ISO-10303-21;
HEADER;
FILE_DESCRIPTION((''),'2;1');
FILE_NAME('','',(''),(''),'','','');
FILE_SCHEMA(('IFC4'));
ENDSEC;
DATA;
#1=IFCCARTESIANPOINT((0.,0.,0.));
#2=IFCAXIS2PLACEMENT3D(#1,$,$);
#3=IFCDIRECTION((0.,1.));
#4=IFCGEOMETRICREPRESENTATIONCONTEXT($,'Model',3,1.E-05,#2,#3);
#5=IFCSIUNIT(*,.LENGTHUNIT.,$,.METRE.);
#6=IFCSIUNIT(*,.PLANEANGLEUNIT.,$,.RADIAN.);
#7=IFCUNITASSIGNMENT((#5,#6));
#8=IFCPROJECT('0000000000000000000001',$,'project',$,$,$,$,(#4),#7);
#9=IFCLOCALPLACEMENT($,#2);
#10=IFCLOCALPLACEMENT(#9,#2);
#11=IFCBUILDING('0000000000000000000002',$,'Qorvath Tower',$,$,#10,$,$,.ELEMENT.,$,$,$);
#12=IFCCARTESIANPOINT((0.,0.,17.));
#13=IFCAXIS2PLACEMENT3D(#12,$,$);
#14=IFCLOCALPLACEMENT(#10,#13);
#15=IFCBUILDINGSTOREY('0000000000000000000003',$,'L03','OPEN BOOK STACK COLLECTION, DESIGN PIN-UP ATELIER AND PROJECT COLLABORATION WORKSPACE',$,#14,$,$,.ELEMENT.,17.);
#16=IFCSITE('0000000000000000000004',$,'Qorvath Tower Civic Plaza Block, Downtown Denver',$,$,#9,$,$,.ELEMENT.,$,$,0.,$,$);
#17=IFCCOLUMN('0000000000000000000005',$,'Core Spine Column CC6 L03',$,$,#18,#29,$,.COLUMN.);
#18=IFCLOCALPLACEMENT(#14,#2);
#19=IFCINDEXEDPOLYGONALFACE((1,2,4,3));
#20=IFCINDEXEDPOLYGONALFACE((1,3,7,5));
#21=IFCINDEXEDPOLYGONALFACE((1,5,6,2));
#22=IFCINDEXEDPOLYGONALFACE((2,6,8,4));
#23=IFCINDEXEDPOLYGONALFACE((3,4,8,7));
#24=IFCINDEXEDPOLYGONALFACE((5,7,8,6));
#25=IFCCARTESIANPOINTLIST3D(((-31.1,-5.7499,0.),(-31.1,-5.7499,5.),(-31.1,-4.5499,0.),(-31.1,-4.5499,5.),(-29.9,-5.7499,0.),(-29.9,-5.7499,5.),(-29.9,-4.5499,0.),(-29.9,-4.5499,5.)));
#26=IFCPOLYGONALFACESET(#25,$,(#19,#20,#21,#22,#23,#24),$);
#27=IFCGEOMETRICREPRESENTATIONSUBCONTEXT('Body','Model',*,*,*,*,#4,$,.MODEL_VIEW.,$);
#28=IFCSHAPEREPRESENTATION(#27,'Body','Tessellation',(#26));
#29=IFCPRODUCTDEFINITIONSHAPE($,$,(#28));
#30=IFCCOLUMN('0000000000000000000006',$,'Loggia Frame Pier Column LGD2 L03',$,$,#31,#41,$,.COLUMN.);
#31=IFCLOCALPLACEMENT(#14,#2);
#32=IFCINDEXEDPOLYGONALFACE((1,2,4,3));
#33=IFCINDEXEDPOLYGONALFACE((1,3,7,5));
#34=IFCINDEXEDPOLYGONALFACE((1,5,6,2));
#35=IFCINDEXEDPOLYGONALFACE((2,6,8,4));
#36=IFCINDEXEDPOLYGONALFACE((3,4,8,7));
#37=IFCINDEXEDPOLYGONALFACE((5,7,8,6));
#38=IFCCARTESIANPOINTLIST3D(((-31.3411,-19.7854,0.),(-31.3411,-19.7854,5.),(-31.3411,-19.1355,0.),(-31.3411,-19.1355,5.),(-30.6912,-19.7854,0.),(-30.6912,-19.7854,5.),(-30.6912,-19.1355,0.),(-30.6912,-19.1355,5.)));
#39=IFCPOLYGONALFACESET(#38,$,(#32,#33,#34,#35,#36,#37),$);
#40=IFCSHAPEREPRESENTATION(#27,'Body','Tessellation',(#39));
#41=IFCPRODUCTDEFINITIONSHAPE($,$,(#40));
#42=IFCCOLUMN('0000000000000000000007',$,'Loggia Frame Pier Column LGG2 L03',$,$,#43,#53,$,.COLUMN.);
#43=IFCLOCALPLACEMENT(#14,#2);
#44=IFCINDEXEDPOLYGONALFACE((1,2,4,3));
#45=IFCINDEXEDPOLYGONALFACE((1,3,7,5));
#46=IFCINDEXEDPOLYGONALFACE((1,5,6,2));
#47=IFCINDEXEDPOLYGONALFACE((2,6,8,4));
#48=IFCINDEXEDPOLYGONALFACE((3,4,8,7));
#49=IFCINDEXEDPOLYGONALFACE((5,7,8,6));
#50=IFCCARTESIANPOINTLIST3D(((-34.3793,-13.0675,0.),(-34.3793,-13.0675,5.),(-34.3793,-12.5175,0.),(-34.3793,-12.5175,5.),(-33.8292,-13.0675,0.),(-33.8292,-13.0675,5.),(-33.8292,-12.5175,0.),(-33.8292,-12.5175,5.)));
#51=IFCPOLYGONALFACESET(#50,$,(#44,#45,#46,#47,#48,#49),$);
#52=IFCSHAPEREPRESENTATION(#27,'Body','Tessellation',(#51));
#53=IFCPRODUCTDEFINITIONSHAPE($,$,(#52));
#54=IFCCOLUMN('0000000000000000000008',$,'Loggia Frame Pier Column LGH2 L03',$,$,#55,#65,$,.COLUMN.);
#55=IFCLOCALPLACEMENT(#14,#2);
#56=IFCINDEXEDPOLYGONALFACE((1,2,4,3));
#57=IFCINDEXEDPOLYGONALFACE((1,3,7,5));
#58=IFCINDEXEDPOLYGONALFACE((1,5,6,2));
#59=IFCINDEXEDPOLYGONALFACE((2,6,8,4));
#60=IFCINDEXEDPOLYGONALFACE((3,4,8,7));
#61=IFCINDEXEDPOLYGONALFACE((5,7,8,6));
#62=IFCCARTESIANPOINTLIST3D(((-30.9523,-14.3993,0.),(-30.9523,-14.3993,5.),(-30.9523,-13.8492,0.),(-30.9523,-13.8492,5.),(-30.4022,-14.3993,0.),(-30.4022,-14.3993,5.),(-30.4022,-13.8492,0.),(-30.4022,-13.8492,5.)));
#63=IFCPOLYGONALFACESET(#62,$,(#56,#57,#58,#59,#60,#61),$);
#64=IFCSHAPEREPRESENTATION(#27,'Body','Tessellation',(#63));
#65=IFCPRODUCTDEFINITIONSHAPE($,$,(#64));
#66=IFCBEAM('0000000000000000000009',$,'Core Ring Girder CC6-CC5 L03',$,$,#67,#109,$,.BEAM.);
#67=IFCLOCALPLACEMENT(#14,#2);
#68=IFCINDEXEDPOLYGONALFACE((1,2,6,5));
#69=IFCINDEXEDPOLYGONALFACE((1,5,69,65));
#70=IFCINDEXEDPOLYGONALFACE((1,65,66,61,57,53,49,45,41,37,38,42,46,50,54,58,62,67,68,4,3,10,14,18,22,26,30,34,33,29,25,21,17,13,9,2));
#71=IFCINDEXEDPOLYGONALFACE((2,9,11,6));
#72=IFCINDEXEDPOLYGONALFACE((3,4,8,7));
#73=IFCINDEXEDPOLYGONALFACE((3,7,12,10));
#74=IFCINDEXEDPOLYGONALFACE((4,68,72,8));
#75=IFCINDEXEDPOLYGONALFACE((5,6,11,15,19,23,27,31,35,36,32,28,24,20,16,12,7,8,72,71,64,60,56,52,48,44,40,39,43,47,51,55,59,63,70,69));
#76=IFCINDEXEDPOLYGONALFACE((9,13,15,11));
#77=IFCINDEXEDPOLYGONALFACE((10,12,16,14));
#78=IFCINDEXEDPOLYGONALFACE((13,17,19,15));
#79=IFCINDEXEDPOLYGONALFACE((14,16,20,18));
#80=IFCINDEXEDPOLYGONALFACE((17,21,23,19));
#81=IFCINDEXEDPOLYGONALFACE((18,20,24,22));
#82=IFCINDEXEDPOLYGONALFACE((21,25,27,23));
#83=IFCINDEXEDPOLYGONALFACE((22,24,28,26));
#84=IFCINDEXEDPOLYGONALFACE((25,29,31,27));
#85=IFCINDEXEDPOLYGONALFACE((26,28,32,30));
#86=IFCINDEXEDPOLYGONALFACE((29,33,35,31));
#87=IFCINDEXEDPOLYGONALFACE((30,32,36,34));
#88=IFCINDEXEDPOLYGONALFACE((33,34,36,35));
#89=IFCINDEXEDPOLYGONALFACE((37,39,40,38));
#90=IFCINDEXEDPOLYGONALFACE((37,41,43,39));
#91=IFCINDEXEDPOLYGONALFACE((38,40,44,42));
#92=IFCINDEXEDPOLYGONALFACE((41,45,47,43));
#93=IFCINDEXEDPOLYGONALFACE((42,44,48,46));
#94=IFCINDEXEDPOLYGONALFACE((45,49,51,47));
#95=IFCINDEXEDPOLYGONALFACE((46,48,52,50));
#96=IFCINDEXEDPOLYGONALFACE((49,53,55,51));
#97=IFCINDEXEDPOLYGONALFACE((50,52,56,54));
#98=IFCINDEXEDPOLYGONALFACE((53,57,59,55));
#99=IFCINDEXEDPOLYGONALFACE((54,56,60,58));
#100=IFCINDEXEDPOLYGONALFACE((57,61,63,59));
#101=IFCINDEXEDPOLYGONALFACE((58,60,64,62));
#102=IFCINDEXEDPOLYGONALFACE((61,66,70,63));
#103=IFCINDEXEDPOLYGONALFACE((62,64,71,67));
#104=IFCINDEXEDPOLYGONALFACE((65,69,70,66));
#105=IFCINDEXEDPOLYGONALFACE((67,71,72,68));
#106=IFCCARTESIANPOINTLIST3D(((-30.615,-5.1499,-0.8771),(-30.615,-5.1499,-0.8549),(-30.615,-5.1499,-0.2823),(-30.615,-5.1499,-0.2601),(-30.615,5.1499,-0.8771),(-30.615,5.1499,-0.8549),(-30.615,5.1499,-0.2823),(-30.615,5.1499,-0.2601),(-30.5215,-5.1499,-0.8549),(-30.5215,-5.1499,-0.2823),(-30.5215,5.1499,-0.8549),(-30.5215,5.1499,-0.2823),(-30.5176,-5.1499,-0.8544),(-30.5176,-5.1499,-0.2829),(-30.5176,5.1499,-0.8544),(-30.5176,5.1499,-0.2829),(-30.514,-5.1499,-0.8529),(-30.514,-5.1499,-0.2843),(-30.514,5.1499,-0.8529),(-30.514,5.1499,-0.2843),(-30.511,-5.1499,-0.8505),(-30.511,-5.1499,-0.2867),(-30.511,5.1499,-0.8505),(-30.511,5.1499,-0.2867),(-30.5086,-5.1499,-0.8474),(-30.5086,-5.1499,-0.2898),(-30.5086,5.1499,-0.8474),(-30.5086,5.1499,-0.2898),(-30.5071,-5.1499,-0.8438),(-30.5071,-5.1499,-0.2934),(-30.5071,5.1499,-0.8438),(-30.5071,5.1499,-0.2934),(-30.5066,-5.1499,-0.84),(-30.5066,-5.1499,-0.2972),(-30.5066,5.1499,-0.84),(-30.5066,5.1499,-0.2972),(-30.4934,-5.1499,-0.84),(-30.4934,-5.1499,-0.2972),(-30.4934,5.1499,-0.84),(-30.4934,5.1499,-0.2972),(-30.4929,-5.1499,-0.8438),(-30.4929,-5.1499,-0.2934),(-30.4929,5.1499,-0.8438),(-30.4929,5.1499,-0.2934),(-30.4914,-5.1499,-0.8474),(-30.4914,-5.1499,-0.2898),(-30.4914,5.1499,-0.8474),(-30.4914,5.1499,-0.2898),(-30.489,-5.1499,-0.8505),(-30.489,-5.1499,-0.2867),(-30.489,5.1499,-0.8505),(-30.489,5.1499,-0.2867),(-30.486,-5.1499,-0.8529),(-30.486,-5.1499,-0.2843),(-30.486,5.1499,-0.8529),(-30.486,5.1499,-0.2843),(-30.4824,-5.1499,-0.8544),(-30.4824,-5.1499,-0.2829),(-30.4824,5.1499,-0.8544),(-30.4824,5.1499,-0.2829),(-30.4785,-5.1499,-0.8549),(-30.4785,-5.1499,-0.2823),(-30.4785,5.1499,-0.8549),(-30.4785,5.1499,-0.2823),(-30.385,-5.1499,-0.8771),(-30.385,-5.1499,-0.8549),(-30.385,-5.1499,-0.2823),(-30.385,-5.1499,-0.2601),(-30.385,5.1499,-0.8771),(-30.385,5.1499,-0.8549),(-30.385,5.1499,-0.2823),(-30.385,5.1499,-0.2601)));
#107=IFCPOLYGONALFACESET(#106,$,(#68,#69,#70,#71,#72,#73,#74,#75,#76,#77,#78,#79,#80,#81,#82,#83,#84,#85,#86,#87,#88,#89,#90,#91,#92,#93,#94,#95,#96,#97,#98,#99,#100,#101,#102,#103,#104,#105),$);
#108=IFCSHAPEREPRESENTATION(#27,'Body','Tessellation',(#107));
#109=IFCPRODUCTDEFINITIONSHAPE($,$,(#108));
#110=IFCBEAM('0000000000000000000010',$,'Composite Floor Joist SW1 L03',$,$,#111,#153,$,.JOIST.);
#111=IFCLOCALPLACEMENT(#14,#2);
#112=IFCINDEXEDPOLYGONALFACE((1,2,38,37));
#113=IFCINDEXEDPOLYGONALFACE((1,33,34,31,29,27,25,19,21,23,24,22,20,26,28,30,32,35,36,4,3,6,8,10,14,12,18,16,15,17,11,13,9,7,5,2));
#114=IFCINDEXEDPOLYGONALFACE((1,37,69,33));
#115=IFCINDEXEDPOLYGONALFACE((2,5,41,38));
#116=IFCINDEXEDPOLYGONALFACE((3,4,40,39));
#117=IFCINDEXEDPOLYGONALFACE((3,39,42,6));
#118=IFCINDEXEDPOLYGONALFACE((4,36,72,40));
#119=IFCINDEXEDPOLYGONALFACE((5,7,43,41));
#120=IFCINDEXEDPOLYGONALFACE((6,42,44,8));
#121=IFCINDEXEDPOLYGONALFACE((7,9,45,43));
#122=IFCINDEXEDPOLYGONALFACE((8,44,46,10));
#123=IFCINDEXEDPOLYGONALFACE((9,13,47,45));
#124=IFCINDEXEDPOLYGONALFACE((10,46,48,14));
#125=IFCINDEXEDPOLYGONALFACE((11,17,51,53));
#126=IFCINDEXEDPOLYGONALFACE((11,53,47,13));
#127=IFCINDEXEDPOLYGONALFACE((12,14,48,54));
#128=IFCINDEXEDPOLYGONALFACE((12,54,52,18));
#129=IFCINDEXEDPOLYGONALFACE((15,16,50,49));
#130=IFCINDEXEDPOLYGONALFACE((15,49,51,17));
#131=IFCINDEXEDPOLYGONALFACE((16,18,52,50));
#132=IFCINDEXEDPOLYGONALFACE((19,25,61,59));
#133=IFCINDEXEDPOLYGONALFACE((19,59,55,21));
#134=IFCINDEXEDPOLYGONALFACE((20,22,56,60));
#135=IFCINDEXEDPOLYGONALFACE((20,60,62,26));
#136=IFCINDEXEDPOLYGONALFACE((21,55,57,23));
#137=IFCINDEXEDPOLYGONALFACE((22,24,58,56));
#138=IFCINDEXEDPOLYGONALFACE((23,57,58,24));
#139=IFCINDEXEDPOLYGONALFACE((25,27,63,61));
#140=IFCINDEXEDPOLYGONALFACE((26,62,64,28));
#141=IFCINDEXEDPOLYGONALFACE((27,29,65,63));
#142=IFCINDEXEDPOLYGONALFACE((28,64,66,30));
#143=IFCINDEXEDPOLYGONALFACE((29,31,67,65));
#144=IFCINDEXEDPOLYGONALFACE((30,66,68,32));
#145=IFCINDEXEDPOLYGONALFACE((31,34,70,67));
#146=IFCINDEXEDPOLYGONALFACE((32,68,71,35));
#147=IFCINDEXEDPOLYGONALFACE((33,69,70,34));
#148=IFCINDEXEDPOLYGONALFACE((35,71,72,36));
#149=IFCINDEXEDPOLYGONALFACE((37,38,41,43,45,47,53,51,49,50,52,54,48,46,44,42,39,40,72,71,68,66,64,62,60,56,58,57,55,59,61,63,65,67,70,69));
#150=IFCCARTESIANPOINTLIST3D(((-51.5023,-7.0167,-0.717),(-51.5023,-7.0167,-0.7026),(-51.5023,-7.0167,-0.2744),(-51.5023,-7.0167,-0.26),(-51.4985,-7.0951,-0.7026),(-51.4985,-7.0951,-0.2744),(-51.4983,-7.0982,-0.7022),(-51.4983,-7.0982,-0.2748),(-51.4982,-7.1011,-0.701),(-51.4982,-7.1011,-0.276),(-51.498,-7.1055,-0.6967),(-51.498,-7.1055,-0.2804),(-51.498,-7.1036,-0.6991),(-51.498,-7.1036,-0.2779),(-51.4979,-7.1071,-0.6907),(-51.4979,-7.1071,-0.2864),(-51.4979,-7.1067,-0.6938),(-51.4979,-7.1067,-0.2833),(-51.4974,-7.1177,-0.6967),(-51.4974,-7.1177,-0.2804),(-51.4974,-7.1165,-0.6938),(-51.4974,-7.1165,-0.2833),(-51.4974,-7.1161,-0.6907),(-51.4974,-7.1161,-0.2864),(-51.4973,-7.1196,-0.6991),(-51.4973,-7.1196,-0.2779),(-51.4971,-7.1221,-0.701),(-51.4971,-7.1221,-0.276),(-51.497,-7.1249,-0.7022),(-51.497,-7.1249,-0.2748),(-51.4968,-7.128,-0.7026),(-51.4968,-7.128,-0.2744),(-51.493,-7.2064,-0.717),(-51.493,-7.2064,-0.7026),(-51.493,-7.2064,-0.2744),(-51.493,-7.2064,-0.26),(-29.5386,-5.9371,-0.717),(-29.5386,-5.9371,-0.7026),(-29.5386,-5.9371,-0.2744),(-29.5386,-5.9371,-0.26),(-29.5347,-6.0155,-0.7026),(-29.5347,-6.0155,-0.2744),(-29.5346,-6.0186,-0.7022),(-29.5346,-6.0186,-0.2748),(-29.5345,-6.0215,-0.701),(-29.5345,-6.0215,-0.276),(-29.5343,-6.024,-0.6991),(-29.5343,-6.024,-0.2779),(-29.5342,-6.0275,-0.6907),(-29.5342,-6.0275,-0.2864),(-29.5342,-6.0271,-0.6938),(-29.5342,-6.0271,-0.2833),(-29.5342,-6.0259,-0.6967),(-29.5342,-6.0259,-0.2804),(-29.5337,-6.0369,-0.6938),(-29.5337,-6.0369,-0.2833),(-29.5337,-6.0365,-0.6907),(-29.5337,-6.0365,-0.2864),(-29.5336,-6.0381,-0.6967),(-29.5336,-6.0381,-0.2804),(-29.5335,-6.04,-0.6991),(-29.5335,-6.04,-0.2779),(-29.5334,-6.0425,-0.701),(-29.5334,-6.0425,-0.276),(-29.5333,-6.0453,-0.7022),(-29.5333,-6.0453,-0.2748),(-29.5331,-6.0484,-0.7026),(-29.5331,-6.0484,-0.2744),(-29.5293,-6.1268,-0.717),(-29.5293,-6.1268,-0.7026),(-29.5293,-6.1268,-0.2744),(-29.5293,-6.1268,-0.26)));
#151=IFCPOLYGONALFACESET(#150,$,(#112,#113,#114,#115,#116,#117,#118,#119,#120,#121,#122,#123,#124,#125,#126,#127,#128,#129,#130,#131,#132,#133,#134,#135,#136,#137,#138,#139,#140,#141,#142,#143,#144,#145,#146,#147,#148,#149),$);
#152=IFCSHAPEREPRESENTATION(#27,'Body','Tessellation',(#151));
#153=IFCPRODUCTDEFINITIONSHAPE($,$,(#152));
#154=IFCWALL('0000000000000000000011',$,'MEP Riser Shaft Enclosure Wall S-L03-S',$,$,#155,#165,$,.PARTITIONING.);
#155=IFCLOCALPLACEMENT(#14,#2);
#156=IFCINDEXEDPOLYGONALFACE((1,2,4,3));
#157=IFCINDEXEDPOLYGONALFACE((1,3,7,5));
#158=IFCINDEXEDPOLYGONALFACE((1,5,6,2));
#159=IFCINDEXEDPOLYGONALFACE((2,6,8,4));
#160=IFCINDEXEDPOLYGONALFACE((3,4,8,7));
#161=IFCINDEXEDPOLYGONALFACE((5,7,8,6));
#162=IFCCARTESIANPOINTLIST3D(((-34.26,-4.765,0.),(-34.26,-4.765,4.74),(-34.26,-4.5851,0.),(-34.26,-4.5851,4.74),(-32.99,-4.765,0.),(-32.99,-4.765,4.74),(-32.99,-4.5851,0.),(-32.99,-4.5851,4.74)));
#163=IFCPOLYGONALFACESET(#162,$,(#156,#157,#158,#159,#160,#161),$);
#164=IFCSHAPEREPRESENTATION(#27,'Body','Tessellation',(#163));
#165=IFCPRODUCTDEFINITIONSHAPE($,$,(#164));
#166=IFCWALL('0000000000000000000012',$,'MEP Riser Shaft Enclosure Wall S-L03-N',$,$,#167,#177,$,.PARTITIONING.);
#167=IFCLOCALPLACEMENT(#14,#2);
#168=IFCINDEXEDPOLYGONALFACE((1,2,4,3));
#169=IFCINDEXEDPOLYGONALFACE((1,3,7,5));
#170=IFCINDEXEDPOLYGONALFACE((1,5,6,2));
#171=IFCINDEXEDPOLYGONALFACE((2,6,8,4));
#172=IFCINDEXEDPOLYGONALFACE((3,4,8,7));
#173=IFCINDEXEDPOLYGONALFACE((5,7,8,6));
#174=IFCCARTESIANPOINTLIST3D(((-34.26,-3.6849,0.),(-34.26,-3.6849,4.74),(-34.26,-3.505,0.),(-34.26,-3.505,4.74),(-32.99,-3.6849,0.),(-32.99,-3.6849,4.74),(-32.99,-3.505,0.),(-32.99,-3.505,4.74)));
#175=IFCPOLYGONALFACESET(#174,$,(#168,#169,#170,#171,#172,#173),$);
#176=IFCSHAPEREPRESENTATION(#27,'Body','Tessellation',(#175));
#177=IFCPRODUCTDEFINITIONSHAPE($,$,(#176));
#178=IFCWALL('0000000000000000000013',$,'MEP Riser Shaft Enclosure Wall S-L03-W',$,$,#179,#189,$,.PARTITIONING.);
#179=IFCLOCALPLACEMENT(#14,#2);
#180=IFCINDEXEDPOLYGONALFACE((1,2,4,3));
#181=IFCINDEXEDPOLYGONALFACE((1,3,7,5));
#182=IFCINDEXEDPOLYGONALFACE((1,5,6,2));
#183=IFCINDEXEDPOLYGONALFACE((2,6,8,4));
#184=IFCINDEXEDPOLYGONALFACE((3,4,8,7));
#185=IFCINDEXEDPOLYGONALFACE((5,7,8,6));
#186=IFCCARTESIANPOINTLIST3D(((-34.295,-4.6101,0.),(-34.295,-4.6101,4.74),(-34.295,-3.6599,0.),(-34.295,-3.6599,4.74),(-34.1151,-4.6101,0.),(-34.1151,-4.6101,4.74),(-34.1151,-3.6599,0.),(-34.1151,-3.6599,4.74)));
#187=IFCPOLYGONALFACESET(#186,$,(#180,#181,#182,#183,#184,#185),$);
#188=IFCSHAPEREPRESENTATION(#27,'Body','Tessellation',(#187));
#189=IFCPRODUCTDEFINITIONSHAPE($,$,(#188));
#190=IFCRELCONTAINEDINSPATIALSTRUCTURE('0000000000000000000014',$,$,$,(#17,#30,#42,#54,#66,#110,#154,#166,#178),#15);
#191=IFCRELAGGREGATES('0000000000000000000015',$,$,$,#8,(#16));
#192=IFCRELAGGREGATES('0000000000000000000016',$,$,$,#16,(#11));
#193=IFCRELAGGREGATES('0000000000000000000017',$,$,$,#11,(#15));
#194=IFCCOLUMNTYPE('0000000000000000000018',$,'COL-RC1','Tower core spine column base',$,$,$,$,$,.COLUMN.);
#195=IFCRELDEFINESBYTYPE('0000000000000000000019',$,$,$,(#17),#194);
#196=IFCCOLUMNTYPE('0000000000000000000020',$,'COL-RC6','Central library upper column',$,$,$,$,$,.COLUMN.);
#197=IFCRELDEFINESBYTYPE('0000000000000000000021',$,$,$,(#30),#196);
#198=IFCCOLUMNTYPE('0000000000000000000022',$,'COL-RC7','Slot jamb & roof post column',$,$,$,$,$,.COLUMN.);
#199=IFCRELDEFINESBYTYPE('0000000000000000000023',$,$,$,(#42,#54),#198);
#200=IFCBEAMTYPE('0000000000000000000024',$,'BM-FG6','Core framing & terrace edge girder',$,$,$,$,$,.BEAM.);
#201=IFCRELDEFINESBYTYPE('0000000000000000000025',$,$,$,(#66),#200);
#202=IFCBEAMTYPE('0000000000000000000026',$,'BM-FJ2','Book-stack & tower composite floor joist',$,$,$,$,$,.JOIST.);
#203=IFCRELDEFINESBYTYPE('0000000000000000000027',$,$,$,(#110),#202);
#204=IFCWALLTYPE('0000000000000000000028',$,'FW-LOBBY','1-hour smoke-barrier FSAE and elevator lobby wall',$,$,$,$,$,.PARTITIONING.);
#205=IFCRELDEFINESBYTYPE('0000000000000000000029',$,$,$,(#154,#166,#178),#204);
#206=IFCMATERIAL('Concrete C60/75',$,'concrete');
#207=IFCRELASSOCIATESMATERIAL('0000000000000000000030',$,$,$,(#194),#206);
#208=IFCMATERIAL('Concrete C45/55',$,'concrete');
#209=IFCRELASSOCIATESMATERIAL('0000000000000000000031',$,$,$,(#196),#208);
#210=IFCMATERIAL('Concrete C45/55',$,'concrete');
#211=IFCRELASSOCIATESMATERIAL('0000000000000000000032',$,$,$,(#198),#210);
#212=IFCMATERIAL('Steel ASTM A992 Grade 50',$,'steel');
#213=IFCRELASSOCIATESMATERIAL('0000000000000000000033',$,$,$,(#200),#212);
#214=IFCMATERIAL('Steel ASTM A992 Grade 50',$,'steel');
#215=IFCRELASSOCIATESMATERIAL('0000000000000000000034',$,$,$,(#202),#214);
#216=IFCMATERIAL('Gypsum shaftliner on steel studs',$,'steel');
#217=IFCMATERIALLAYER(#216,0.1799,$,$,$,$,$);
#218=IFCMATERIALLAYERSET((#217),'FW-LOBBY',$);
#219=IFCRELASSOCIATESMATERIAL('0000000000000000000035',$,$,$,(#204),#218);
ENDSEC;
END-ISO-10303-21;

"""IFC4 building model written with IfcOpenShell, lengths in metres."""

from ifc_helpers import new_model, si_unit, direction, frame, frame_2d, origin, origin_2d, place, context, subcontext, project, spatial, rectangle, i_section, extrude, material, layer, layer_set, material_profile, profile_set, type_object, element, save


model = new_model("IFC4")

# Units and contexts
model_context = context("Model", 3, precision=1e-05, world=origin(), true_north=direction((0.0, 1.0)))
body_context = subcontext(model_context, "Body", "Model", "MODEL_VIEW")
ifc_project = project(units=[si_unit("LENGTHUNIT", "METRE"), si_unit("PLANEANGLEUNIT", "RADIAN")], contexts=[model_context])

# Site, building, storey
site_placement = place(None, origin())
site = spatial("IfcSite", under=ifc_project, at=site_placement, Name="Qorvath Tower Civic Plaza Block, Downtown Denver", CompositionType="ELEMENT", RefElevation=0.0)
building_placement = place(site_placement, origin())
building = spatial("IfcBuilding", under=site, at=building_placement, Name="Qorvath Tower", CompositionType="ELEMENT")
storey_placement = place(building_placement, frame((0.0, 0.0, 17.0)))
storey = spatial("IfcBuildingStorey", under=building, at=storey_placement, Name="L03", Description="OPEN BOOK STACK COLLECTION, DESIGN PIN-UP ATELIER AND PROJECT COLLABORATION WORKSPACE", CompositionType="ELEMENT", Elevation=17.0)

# Columns
ifc_material_1 = material(Name="Concrete C60/75", Category="concrete")
ifc_material_profile_1 = material_profile(ifc_material_1, rectangle(XDim=1.2, YDim=1.2, at=origin_2d()), Name="RC 1200x1200")
ifc_profile_set_1 = profile_set([ifc_material_profile_1], Name="Concrete C60/75")
column_type_1 = type_object("IfcColumnType", Name="COL-RC1", Description="Tower core spine column base", PredefinedType="COLUMN", material=ifc_profile_set_1)
column_1_placement = place(storey_placement, frame((-30.5, -5.1499, 0.0), z_axis=(0.0, 0.0, 1.0), x_axis=(1.0, 0.0, 0.0)))
element("IfcColumn", 1, at=column_1_placement, inside=storey, type_object=column_type_1, Name="Core Spine Column CC6 L03", PredefinedType="COLUMN", context=body_context, shape_type="SweptSolid", body=[
    extrude(rectangle(XDim=1.2, YDim=1.2, at=origin_2d()), origin(), (0.0, 0.0, 1.0), 5.0),
])
ifc_material_2 = material(Name="Concrete C45/55", Category="concrete")
ifc_material_profile_2 = material_profile(ifc_material_2, rectangle(XDim=0.6499, YDim=0.6499, at=origin_2d()), Name="RC 650x650")
ifc_profile_set_2 = profile_set([ifc_material_profile_2], Name="Concrete C45/55")
column_type_2 = type_object("IfcColumnType", Name="COL-RC6", Description="Central library upper column", PredefinedType="COLUMN", material=ifc_profile_set_2)
column_2_placement = place(storey_placement, frame((-31.0161, -19.4604, 0.0), z_axis=(0.0, 0.0, 1.0), x_axis=(1.0, 0.0, 0.0)))
element("IfcColumn", 2, at=column_2_placement, inside=storey, type_object=column_type_2, Name="Loggia Frame Pier Column LGD2 L03", PredefinedType="COLUMN", context=body_context, shape_type="SweptSolid", body=[
    extrude(rectangle(XDim=0.6499, YDim=0.6499, at=origin_2d()), origin(), (0.0, 0.0, 1.0), 5.0),
])
ifc_material_3 = material(Name="Concrete C45/55", Category="concrete")
ifc_material_profile_3 = material_profile(ifc_material_3, rectangle(XDim=0.55, YDim=0.55, at=origin_2d()), Name="RC 550x550")
ifc_profile_set_3 = profile_set([ifc_material_profile_3], Name="Concrete C45/55")
column_type_3 = type_object("IfcColumnType", Name="COL-RC7", Description="Slot jamb & roof post column", PredefinedType="COLUMN", material=ifc_profile_set_3)
for number, where, z_axis, x_axis, name in (
    (3, (-34.1042, -12.7925, 0.0), (0.0, 0.0, 1.0), (1.0, 0.0, 0.0), "Loggia Frame Pier Column LGG2 L03"),
    (4, (-30.6772, -14.1243, 0.0), (0.0, 0.0, 1.0), (1.0, 0.0, 0.0), "Loggia Frame Pier Column LGH2 L03"),
):
    element("IfcColumn", number, at=place(storey_placement, frame(where, z_axis=z_axis, x_axis=x_axis)), inside=storey, type_object=column_type_3, Name=name, PredefinedType="COLUMN", context=body_context, shape_type="SweptSolid", body=[
        extrude(rectangle(XDim=0.55, YDim=0.55, at=origin_2d()), origin(), (0.0, 0.0, 1.0), 5.0),
    ])

# Beams
ifc_material_4 = material(Name="Steel ASTM A992 Grade 50", Category="steel")
ifc_material_profile_4 = material_profile(ifc_material_4, i_section(OverallWidth=0.23, OverallDepth=0.6169, WebThickness=0.0132, FlangeThickness=0.0222, FilletRadius=0.0149, at=origin_2d()), Name="W24x94")
ifc_profile_set_4 = profile_set([ifc_material_profile_4], Name="Steel ASTM A992 Grade 50")
beam_type_1 = type_object("IfcBeamType", Name="BM-FG6", Description="Core framing & terrace edge girder", PredefinedType="BEAM", material=ifc_profile_set_4)
beam_1_placement = place(storey_placement, frame((-30.5, -5.1499, -0.5686), z_axis=(0.0, 1.0, 0.0), x_axis=(-1.0, 0.0, 0.0)))
element("IfcBeam", 5, at=beam_1_placement, inside=storey, type_object=beam_type_1, Name="Core Ring Girder CC6-CC5 L03", PredefinedType="BEAM", context=body_context, shape_type="SweptSolid", body=[
    extrude(i_section(OverallWidth=0.23, OverallDepth=0.6169, WebThickness=0.0132, FlangeThickness=0.0222, FilletRadius=0.0149, at=origin_2d()), origin(), (0.0, 0.0, 1.0), 10.2998),
])
ifc_material_5 = material(Name="Steel ASTM A992 Grade 50", Category="steel")
ifc_material_profile_5 = material_profile(ifc_material_5, i_section(OverallWidth=0.1899, OverallDepth=0.457, WebThickness=0.009, FlangeThickness=0.0144, FilletRadius=0.012, at=origin_2d()), Name="W18x50")
ifc_profile_set_5 = profile_set([ifc_material_profile_5], Name="Steel ASTM A992 Grade 50")
beam_type_2 = type_object("IfcBeamType", Name="BM-FJ2", Description="Book-stack & tower composite floor joist", PredefinedType="JOIST", material=ifc_profile_set_5)
beam_2_placement = place(storey_placement, frame((-29.5339, -6.032, -0.4885), z_axis=(-0.998794, -0.049094, 0.0), x_axis=(0.049094, -0.998794, 0.0)))
element("IfcBeam", 6, at=beam_2_placement, inside=storey, type_object=beam_type_2, Name="Composite Floor Joist SW1 L03", PredefinedType="JOIST", context=body_context, shape_type="SweptSolid", body=[
    extrude(i_section(OverallWidth=0.1899, OverallDepth=0.457, WebThickness=0.009, FlangeThickness=0.0144, FilletRadius=0.012, at=origin_2d()), origin(), (0.0, 0.0, 1.0), 21.9902),
])

# Walls
ifc_material_6 = material(Name="Gypsum shaftliner on steel studs", Category="steel")
ifc_layer_1 = layer(ifc_material_6, 0.1799)
ifc_layer_set_1 = layer_set([ifc_layer_1], Name="FW-LOBBY")
wall_type_1 = type_object("IfcWallType", Name="FW-LOBBY", Description="1-hour smoke-barrier FSAE and elevator lobby wall", PredefinedType="PARTITIONING", material=ifc_layer_set_1)
for number, where, z_axis, x_axis, name in (
    (7, (-32.99, -4.675, 0.0), (0.0, 0.0, 1.0), (-1.0, 0.0, 0.0), "MEP Riser Shaft Enclosure Wall S-L03-S"),
    (8, (-34.26, -3.595, 0.0), (0.0, 0.0, 1.0), (1.0, 0.0, 0.0), "MEP Riser Shaft Enclosure Wall S-L03-N"),
):
    element("IfcWall", number, at=place(storey_placement, frame(where, z_axis=z_axis, x_axis=x_axis)), inside=storey, type_object=wall_type_1, Name=name, PredefinedType="PARTITIONING", context=body_context, shape_type="SweptSolid", body=[
        extrude(rectangle(XDim=1.27, YDim=0.1799, at=frame_2d((0.635, 0.0))), origin(), (0.0, 0.0, 1.0), 4.74),
    ])
for number, where, z_axis, x_axis, name in (
    (9, (-34.2051, -4.6101, 0.0), (0.0, 0.0, 1.0), (0.0, 1.0, 0.0), "MEP Riser Shaft Enclosure Wall S-L03-W"),
):
    element("IfcWall", number, at=place(storey_placement, frame(where, z_axis=z_axis, x_axis=x_axis)), inside=storey, type_object=wall_type_1, Name=name, PredefinedType="PARTITIONING", context=body_context, shape_type="SweptSolid", body=[
        extrude(rectangle(XDim=0.9502, YDim=0.1799, at=frame_2d((0.4751, 0.0))), origin(), (0.0, 0.0, 1.0), 4.74),
    ])

save(model, "model.ifc")
